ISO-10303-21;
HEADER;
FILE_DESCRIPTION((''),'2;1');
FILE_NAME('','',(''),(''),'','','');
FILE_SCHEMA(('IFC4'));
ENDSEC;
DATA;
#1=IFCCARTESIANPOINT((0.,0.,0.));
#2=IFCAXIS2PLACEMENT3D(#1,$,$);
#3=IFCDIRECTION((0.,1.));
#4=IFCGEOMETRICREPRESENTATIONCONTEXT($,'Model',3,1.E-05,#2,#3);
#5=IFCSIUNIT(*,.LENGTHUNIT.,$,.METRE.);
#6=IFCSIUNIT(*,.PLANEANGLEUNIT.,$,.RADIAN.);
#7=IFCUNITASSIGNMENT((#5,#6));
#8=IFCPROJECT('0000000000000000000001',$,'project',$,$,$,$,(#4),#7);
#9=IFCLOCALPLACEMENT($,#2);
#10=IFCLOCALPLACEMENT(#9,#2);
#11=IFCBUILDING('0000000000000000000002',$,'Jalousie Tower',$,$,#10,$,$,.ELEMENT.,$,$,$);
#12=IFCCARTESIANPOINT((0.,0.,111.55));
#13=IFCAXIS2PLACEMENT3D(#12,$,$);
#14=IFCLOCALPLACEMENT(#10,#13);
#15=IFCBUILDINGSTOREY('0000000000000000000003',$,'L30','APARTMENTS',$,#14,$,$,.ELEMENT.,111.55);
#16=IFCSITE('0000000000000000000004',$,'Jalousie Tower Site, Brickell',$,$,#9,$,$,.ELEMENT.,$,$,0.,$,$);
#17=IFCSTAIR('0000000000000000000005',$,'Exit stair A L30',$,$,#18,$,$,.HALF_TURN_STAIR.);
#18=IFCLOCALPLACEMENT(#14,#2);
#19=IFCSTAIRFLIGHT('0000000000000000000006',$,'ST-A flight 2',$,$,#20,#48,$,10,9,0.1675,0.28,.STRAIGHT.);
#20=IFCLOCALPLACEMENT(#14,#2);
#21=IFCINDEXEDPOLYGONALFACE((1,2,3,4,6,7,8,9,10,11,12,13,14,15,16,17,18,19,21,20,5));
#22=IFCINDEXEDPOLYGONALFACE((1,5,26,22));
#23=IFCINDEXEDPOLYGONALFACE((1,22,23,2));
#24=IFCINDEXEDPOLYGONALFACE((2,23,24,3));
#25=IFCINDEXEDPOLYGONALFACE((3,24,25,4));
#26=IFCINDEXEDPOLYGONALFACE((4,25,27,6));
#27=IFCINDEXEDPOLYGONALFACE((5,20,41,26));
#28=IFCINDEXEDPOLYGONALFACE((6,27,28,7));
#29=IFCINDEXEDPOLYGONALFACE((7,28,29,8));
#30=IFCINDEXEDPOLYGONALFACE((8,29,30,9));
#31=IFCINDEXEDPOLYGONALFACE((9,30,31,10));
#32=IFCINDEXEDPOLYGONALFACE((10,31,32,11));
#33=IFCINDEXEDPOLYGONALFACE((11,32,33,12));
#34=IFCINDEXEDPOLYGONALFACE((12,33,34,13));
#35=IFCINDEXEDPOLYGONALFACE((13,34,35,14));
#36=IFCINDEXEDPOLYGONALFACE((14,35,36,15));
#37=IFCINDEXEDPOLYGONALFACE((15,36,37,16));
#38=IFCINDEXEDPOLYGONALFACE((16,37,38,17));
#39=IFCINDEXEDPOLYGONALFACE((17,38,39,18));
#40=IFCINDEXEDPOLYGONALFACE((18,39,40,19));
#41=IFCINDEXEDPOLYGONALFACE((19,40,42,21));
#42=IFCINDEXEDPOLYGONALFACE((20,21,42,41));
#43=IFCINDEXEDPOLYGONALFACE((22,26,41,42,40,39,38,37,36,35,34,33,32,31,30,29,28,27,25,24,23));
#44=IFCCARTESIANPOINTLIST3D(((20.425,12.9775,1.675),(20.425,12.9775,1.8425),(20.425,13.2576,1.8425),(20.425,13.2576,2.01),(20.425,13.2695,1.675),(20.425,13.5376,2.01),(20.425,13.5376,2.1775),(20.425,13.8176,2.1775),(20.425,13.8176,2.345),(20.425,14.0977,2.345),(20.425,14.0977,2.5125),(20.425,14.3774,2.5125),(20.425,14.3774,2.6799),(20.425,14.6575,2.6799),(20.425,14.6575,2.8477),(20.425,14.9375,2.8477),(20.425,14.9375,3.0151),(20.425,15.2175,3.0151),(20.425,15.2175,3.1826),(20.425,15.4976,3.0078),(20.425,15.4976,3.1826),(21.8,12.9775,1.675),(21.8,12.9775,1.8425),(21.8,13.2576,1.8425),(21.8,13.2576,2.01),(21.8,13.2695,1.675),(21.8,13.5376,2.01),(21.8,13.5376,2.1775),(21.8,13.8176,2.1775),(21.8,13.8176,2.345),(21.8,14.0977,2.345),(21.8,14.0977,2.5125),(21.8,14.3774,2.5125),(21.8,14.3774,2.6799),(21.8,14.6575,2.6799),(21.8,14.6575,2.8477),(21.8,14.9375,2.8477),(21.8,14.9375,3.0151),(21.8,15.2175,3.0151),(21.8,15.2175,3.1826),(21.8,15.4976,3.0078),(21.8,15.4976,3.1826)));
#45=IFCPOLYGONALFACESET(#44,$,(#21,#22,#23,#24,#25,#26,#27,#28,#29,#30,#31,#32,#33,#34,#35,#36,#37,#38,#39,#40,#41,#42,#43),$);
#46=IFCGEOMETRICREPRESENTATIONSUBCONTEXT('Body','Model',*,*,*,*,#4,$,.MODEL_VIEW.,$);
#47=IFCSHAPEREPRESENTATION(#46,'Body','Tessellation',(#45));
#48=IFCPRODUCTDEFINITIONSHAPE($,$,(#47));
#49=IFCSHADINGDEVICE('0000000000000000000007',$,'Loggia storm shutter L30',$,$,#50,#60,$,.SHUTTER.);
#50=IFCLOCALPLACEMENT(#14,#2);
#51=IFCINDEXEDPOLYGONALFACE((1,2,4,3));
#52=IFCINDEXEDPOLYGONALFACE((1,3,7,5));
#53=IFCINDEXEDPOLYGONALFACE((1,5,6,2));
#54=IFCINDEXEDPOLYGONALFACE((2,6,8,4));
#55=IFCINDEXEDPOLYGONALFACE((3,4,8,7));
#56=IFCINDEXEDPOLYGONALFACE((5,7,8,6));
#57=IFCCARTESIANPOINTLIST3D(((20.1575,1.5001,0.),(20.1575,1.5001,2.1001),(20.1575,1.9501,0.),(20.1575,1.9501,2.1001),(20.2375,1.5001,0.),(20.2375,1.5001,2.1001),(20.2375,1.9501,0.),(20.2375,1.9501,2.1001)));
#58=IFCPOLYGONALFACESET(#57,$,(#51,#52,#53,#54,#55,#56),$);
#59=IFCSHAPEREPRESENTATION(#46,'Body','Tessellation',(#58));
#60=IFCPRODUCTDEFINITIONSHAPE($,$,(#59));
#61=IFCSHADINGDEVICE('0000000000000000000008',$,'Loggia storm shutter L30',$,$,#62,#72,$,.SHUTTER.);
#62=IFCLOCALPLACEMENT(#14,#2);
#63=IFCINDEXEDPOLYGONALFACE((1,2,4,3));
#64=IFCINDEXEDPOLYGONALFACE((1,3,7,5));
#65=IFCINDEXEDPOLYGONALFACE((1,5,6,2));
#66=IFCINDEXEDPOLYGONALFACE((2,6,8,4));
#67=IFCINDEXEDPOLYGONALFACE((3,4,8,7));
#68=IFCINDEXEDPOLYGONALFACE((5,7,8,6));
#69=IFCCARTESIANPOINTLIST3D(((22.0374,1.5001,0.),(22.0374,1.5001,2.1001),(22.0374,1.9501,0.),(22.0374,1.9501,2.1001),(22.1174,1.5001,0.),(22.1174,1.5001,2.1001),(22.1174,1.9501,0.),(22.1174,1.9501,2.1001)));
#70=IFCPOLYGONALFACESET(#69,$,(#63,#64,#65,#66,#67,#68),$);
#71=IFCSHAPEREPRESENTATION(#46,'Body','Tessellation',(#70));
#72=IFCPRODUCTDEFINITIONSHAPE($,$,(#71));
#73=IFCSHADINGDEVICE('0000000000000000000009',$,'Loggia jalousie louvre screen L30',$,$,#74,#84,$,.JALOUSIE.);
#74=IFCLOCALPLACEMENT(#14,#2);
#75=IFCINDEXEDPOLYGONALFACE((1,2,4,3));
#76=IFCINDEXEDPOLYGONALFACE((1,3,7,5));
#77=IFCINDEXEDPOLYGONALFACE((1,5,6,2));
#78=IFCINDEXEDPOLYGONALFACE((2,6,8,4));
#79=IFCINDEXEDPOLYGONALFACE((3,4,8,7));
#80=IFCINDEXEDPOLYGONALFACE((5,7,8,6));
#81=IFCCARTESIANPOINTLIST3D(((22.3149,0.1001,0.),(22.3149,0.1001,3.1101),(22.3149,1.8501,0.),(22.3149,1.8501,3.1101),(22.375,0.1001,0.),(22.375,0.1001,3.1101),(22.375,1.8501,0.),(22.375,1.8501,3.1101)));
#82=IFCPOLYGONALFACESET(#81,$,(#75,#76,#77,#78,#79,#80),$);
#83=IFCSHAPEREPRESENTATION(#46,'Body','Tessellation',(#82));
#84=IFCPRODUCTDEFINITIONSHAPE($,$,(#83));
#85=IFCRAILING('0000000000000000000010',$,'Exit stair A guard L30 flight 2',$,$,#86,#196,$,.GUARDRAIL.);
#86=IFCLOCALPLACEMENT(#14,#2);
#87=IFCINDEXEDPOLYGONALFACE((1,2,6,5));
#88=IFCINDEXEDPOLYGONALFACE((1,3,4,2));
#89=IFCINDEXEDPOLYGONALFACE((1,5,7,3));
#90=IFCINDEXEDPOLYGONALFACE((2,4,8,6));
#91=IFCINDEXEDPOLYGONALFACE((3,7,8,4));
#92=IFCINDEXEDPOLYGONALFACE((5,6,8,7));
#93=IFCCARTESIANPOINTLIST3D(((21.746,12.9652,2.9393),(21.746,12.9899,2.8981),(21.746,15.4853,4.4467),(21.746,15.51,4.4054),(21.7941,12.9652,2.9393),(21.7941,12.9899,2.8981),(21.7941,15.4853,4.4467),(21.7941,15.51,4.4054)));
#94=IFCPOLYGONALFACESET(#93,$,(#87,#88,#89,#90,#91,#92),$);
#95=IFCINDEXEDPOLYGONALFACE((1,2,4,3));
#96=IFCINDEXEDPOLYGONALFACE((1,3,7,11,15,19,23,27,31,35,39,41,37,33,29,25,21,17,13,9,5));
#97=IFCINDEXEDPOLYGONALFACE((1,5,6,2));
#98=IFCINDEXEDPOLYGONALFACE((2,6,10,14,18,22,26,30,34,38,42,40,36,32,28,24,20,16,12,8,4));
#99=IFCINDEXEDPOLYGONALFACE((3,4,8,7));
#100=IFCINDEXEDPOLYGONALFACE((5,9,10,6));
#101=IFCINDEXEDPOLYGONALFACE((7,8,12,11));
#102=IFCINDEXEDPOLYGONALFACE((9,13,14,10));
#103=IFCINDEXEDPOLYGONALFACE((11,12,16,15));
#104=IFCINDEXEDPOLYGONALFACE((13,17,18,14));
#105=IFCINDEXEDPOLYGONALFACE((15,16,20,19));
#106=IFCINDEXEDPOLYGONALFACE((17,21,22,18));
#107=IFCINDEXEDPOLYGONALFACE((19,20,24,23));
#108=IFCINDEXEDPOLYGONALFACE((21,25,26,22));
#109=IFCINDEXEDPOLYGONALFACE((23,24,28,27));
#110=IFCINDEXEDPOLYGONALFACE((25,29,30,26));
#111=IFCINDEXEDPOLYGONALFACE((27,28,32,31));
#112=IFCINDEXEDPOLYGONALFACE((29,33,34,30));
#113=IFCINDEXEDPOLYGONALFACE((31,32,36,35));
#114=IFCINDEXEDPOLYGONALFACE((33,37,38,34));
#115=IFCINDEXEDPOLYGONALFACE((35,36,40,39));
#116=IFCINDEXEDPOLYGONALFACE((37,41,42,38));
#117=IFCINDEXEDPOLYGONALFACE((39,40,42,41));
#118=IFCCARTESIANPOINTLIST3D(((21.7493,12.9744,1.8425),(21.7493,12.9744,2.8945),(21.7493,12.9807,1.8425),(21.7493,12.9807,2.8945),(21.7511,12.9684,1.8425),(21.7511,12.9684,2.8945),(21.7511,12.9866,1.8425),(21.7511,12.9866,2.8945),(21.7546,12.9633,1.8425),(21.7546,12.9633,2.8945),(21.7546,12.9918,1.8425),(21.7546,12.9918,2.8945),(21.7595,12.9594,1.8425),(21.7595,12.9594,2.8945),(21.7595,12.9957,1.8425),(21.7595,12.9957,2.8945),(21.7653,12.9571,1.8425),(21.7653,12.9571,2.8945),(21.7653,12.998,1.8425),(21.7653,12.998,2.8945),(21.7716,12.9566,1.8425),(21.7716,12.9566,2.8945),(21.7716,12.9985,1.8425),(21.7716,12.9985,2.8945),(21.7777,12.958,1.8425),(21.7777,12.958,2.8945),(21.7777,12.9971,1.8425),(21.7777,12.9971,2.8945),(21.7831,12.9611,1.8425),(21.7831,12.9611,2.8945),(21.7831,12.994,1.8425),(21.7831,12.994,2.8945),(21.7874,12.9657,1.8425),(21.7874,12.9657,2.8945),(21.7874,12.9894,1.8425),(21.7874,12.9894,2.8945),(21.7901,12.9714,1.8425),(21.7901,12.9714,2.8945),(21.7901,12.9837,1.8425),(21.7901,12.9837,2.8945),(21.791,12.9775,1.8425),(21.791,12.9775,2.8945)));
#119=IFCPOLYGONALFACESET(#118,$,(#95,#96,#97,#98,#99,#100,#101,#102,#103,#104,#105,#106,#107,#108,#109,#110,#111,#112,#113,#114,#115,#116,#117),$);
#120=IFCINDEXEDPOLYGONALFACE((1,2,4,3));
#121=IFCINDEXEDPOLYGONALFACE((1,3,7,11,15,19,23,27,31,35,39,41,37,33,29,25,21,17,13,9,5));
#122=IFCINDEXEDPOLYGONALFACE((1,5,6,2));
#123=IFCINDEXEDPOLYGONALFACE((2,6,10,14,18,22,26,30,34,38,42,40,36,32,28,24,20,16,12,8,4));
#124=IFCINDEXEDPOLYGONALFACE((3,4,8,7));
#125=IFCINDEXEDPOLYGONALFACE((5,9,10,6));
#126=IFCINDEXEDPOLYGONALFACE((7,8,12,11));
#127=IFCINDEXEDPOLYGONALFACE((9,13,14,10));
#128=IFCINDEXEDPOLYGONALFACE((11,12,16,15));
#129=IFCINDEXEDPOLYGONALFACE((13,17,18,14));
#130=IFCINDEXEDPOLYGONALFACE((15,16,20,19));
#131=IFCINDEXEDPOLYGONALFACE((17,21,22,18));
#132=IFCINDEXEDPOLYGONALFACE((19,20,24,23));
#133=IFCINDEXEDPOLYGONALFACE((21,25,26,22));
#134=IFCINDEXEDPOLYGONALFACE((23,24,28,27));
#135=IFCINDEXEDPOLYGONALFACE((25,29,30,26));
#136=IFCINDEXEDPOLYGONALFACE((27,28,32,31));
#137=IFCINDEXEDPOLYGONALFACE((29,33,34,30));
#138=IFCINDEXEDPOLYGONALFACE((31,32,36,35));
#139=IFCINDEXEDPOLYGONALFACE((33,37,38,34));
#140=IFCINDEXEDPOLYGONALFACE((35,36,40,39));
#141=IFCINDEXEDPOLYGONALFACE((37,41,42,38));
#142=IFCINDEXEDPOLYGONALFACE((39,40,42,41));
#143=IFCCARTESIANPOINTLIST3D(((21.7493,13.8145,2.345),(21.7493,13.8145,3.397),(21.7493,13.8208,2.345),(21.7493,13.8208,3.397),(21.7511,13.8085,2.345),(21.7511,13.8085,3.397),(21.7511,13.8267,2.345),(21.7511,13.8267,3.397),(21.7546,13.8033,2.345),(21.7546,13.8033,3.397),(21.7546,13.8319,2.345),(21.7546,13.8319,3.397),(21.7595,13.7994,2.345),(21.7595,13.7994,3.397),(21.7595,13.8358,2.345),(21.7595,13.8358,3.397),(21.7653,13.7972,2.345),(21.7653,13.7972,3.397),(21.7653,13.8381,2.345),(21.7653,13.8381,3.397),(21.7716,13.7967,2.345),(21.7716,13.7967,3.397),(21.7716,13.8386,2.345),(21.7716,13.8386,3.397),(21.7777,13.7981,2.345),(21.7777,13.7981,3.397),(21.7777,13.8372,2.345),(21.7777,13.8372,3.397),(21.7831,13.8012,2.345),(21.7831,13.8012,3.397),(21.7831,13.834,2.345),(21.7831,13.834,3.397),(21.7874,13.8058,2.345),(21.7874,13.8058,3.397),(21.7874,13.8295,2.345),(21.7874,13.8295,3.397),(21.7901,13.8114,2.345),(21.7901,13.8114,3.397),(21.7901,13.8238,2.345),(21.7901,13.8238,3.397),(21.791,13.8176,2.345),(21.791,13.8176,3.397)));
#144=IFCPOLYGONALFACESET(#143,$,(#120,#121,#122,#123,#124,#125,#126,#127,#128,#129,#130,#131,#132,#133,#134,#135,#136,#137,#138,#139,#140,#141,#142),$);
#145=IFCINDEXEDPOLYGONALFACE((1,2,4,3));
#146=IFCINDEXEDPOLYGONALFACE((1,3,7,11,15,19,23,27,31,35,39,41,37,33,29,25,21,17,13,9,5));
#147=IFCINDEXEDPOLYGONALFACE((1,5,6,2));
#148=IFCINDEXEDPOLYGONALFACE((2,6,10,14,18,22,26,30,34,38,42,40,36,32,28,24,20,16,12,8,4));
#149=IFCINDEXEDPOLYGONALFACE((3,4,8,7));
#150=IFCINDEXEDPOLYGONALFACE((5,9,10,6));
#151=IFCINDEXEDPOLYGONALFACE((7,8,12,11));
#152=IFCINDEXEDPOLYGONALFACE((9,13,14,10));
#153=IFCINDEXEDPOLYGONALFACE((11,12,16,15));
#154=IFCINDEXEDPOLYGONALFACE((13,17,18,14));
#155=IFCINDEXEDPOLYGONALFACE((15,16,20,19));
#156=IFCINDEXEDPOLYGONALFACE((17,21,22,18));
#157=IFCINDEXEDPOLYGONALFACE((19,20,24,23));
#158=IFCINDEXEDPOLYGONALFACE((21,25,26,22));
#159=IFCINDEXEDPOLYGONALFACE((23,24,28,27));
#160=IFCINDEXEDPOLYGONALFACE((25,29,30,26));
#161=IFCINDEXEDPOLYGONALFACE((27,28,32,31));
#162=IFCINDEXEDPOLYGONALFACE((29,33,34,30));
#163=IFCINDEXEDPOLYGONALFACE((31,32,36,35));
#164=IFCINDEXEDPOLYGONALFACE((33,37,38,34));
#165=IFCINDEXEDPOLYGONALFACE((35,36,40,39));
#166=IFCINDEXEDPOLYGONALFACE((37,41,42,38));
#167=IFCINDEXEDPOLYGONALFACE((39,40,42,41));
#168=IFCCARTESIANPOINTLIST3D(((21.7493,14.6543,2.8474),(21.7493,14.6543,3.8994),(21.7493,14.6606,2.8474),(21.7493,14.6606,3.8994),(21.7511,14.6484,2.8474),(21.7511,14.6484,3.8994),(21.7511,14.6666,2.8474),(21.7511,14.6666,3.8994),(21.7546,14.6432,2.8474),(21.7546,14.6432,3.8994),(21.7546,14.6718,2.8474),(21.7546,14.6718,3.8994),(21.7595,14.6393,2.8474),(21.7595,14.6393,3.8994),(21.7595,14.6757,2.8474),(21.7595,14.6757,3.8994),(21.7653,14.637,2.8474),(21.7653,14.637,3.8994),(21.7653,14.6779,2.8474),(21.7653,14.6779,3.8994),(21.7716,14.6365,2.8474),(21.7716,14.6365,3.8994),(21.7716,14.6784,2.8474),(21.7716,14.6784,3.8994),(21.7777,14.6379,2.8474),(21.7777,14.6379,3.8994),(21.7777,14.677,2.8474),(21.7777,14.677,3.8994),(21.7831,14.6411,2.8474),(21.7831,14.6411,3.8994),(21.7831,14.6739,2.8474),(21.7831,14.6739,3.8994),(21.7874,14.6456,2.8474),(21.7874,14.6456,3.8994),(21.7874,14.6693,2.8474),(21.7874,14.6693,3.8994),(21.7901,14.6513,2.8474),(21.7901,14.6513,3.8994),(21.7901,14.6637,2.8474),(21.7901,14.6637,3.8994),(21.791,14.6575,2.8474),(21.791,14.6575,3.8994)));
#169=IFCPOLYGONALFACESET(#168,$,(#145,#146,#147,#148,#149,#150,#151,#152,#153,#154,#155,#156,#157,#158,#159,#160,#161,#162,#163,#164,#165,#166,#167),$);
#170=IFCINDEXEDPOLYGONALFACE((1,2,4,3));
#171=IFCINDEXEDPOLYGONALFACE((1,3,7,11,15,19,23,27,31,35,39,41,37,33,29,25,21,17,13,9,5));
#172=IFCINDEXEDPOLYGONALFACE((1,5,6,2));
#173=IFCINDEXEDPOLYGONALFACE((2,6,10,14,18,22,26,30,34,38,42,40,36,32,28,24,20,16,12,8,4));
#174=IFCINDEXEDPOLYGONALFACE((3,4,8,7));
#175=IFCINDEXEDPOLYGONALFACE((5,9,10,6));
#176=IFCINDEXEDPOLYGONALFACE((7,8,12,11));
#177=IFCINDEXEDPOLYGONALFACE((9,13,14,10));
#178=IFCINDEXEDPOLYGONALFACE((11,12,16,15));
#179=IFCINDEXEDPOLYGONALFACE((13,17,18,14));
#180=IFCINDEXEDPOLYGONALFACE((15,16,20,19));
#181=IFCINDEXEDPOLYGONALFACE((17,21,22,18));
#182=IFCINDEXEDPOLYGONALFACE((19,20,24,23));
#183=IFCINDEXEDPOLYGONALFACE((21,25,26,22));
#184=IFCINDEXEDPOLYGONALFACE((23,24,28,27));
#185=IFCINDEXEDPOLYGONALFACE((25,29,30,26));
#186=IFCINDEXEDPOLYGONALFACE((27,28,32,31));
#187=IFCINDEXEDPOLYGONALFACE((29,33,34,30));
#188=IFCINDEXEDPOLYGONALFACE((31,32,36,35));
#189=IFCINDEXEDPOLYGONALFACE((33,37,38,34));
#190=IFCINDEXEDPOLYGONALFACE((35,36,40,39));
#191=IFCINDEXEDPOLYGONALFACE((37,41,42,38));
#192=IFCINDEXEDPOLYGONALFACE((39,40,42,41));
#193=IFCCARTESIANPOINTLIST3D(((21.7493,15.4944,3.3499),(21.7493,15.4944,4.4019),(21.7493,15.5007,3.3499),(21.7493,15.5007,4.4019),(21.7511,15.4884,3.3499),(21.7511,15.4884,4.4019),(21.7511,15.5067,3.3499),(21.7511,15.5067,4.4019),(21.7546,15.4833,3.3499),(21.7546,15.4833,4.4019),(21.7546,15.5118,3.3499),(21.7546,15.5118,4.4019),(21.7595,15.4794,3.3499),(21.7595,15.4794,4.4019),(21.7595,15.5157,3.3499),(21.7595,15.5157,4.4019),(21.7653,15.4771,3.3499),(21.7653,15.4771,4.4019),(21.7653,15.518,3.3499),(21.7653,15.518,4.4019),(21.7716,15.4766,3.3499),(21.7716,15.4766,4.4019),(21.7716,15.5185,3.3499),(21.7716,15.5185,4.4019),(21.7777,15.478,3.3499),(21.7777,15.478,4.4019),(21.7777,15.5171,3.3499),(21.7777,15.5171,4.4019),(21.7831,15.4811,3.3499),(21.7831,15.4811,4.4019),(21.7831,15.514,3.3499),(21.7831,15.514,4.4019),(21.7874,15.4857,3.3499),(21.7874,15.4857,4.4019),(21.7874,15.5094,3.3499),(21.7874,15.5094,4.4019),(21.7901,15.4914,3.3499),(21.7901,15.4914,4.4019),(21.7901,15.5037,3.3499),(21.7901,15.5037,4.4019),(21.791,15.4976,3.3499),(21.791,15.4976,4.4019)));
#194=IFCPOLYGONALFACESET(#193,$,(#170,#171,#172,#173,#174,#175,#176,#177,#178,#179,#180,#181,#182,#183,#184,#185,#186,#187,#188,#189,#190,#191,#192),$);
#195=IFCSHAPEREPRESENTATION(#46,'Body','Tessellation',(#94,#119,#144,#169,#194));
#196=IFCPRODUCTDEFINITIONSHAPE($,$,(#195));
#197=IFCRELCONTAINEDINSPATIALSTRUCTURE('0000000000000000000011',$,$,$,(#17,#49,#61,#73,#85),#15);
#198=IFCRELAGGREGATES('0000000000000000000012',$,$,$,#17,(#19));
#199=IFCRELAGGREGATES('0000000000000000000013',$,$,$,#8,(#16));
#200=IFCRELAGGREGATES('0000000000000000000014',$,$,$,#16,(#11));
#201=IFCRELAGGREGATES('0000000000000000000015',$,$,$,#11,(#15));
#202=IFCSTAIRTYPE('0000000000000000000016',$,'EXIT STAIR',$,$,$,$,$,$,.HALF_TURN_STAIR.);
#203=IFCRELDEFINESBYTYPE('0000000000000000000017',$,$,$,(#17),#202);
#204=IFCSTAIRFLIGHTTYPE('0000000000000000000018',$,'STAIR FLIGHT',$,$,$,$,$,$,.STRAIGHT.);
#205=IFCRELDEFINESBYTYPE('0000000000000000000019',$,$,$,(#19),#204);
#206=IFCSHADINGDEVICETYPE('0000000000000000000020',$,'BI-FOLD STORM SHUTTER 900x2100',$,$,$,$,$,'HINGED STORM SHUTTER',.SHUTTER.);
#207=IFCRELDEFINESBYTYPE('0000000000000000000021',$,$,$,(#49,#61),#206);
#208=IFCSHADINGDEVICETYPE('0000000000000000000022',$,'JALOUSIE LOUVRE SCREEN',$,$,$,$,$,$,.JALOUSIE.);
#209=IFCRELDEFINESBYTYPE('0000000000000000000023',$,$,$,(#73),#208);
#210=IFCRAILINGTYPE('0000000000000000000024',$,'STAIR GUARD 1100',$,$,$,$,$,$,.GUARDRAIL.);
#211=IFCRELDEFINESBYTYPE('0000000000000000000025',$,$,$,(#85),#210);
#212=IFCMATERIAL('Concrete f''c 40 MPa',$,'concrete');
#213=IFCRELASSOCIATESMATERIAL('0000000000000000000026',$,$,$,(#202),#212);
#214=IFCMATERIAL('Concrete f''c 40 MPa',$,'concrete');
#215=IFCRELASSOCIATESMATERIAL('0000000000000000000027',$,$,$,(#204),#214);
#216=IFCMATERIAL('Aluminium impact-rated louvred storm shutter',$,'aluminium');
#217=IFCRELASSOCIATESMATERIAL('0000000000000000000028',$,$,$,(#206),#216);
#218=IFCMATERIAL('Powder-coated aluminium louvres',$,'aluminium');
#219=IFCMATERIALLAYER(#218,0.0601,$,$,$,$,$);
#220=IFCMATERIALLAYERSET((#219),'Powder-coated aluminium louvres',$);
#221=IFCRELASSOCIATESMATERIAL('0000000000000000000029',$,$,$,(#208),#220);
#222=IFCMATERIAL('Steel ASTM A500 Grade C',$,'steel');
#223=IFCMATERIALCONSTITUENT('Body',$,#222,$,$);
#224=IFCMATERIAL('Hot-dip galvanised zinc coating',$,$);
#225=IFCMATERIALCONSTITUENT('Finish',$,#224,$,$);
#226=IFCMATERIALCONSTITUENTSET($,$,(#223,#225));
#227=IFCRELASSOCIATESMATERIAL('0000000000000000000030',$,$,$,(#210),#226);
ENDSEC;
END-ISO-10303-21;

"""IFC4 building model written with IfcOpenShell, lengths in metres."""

from ifc_helpers import new_model, si_unit, direction, frame, origin, origin_2d, place, context, subcontext, project, spatial, polyline, rectangle, circle, outline, extrude, material, layer, layer_set, constituent, constituent_set, type_object, element, aggregate, save


model = new_model("IFC4")

# Units and contexts
model_context = context("Model", 3, precision=1e-05, world=origin(), true_north=direction((0.0, 1.0)))
body_context = subcontext(model_context, "Body", "Model", "MODEL_VIEW")
ifc_project = project(units=[si_unit("LENGTHUNIT", "METRE"), si_unit("PLANEANGLEUNIT", "RADIAN")], contexts=[model_context])

# Site, building, storey
site_placement = place(None, origin())
site = spatial("IfcSite", under=ifc_project, at=site_placement, Name="Jalousie Tower Site, Brickell", CompositionType="ELEMENT", RefElevation=0.0)
building_placement = place(site_placement, origin())
building = spatial("IfcBuilding", under=site, at=building_placement, Name="Jalousie Tower", CompositionType="ELEMENT")
storey_placement = place(building_placement, frame((0.0, 0.0, 111.55)))
storey = spatial("IfcBuildingStorey", under=building, at=storey_placement, Name="L30", Description="APARTMENTS", CompositionType="ELEMENT", Elevation=111.55)

# Stair, stair flight
ifc_material_1 = material(Name="Concrete f'c 40 MPa", Category="concrete")
stair_type = type_object("IfcStairType", Name="EXIT STAIR", PredefinedType="HALF_TURN_STAIR", material=ifc_material_1)
stair_placement = place(storey_placement, origin())
stair = element("IfcStair", 1, at=stair_placement, inside=storey, type_object=stair_type, Name="Exit stair A L30", PredefinedType="HALF_TURN_STAIR")
ifc_material_2 = material(Name="Concrete f'c 40 MPa", Category="concrete")
stair_flight_type = type_object("IfcStairFlightType", Name="STAIR FLIGHT", PredefinedType="STRAIGHT", material=ifc_material_2)
stair_flight_placement = place(storey_placement, frame((21.1125, 12.9775, 1.675), z_axis=(0.0, 0.0, 1.0), x_axis=(0.0, 1.0, 0.0)))
stair_flight = element("IfcStairFlight", 2, at=stair_flight_placement, type_object=stair_flight_type, Name="ST-A flight 2", NumberOfRisers=10, NumberOfTreads=9, PredefinedType="STRAIGHT", RiserHeight=0.1675, TreadLength=0.28, context=body_context, shape_type="SweptSolid", body=[
    extrude(outline(polyline([(0.0, 0.0), (0.0, 0.1675), (0.28, 0.1675), (0.28, 0.335), (0.5601, 0.335), (0.5601, 0.5024), (0.8401, 0.5024), (0.8401, 0.6699), (1.1201, 0.6699), (1.1201, 0.8374), (1.3999, 0.8374), (1.3999, 1.0049), (1.6799, 1.0049), (1.6799, 1.1726), (1.96, 1.1726), (1.96, 1.3401), (2.24, 1.3401), (2.24, 1.5076), (2.52, 1.5076), (2.52, 1.675), (2.52, 1.3328), (0.292, 0.0), (0.0, 0.0)])), frame((0.0, 0.6875, 0.0), z_axis=(0.0, -1.0, 0.0), x_axis=(1.0, 0.0, 0.0)), (0.0, 0.0, 1.0), 1.375),
])
aggregate(stair, [stair_flight])

# Shading devices
ifc_material_3 = material(Name="Aluminium impact-rated louvred storm shutter", Category="aluminium")
shading_device_type_1 = type_object("IfcShadingDeviceType", Name="BI-FOLD STORM SHUTTER 900x2100", ElementType="HINGED STORM SHUTTER", PredefinedType="SHUTTER", material=ifc_material_3)
for number, where, z_axis, x_axis, name in (
    (3, (20.1975, 1.7251, 0.0), (0.0, 0.0, 1.0), (0.0, 1.0, 0.0), "Loggia storm shutter L30"),
    (4, (22.0774, 1.7251, 0.0), (0.0, 0.0, 1.0), (0.0, 1.0, 0.0), "Loggia storm shutter L30"),
):
    element("IfcShadingDevice", number, at=place(storey_placement, frame(where, z_axis=z_axis, x_axis=x_axis)), inside=storey, type_object=shading_device_type_1, Name=name, PredefinedType="SHUTTER", context=body_context, shape_type="SweptSolid", body=[
        extrude(rectangle(XDim=0.45, YDim=0.0801, at=origin_2d()), origin(), (0.0, 0.0, 1.0), 2.1001),
    ])
ifc_material_4 = material(Name="Powder-coated aluminium louvres", Category="aluminium")
ifc_layer_1 = layer(ifc_material_4, 0.0601)
ifc_layer_set_1 = layer_set([ifc_layer_1], Name="Powder-coated aluminium louvres")
shading_device_type_2 = type_object("IfcShadingDeviceType", Name="JALOUSIE LOUVRE SCREEN", PredefinedType="JALOUSIE", material=ifc_layer_set_1)
shading_device_placement = place(storey_placement, frame((22.345, 0.9751, 0.0), z_axis=(0.0, 0.0, 1.0), x_axis=(1.0, 0.0, 0.0)))
element("IfcShadingDevice", 5, at=shading_device_placement, inside=storey, type_object=shading_device_type_2, Name="Loggia jalousie louvre screen L30", PredefinedType="JALOUSIE", context=body_context, shape_type="SweptSolid", body=[
    extrude(rectangle(XDim=0.0601, YDim=1.75, at=origin_2d()), origin(), (0.0, 0.0, 1.0), 3.1101),
])

# Railing
ifc_material_5 = material(Name="Steel ASTM A500 Grade C", Category="steel")
ifc_constituent_1 = constituent(ifc_material_5, Name="Body")
ifc_material_6 = material(Name="Hot-dip galvanised zinc coating")
ifc_constituent_2 = constituent(ifc_material_6, Name="Finish")
ifc_constituent_set_1 = constituent_set(constituents=[ifc_constituent_1, ifc_constituent_2])
railing_type_1 = type_object("IfcRailingType", Name="STAIR GUARD 1100", PredefinedType="GUARDRAIL", material=ifc_constituent_set_1)
railing_1_placement = place(storey_placement, frame((21.77, 12.9775, 1.8425)))
element("IfcRailing", 6, at=railing_1_placement, inside=storey, type_object=railing_type_1, Name="Exit stair A guard L30 flight 2", PredefinedType="GUARDRAIL", context=body_context, shape_type="SweptSolid", body=[
    extrude(rectangle(XDim=0.0481, YDim=0.0481, at=origin_2d()), frame((0.0, 0.0, 1.0762), z_axis=(0.0, 0.858196, 0.513321), x_axis=(-1.0, 0.0, 0.0)), (0.0, 0.0, 1.0), 2.9365),
    extrude(circle(Radius=0.021, at=origin_2d()), origin(), (0.0, 0.0, 1.0), 1.052),
    extrude(circle(Radius=0.021, at=origin_2d()), frame((0.0, 0.8401, 0.5024)), (0.0, 0.0, 1.0), 1.052),
    extrude(circle(Radius=0.021, at=origin_2d()), frame((0.0, 1.6799, 1.0049)), (0.0, 0.0, 1.0), 1.052),
    extrude(circle(Radius=0.021, at=origin_2d()), frame((0.0, 2.52, 1.5073)), (0.0, 0.0, 1.0), 1.052),
])

save(model, "model.ifc")
